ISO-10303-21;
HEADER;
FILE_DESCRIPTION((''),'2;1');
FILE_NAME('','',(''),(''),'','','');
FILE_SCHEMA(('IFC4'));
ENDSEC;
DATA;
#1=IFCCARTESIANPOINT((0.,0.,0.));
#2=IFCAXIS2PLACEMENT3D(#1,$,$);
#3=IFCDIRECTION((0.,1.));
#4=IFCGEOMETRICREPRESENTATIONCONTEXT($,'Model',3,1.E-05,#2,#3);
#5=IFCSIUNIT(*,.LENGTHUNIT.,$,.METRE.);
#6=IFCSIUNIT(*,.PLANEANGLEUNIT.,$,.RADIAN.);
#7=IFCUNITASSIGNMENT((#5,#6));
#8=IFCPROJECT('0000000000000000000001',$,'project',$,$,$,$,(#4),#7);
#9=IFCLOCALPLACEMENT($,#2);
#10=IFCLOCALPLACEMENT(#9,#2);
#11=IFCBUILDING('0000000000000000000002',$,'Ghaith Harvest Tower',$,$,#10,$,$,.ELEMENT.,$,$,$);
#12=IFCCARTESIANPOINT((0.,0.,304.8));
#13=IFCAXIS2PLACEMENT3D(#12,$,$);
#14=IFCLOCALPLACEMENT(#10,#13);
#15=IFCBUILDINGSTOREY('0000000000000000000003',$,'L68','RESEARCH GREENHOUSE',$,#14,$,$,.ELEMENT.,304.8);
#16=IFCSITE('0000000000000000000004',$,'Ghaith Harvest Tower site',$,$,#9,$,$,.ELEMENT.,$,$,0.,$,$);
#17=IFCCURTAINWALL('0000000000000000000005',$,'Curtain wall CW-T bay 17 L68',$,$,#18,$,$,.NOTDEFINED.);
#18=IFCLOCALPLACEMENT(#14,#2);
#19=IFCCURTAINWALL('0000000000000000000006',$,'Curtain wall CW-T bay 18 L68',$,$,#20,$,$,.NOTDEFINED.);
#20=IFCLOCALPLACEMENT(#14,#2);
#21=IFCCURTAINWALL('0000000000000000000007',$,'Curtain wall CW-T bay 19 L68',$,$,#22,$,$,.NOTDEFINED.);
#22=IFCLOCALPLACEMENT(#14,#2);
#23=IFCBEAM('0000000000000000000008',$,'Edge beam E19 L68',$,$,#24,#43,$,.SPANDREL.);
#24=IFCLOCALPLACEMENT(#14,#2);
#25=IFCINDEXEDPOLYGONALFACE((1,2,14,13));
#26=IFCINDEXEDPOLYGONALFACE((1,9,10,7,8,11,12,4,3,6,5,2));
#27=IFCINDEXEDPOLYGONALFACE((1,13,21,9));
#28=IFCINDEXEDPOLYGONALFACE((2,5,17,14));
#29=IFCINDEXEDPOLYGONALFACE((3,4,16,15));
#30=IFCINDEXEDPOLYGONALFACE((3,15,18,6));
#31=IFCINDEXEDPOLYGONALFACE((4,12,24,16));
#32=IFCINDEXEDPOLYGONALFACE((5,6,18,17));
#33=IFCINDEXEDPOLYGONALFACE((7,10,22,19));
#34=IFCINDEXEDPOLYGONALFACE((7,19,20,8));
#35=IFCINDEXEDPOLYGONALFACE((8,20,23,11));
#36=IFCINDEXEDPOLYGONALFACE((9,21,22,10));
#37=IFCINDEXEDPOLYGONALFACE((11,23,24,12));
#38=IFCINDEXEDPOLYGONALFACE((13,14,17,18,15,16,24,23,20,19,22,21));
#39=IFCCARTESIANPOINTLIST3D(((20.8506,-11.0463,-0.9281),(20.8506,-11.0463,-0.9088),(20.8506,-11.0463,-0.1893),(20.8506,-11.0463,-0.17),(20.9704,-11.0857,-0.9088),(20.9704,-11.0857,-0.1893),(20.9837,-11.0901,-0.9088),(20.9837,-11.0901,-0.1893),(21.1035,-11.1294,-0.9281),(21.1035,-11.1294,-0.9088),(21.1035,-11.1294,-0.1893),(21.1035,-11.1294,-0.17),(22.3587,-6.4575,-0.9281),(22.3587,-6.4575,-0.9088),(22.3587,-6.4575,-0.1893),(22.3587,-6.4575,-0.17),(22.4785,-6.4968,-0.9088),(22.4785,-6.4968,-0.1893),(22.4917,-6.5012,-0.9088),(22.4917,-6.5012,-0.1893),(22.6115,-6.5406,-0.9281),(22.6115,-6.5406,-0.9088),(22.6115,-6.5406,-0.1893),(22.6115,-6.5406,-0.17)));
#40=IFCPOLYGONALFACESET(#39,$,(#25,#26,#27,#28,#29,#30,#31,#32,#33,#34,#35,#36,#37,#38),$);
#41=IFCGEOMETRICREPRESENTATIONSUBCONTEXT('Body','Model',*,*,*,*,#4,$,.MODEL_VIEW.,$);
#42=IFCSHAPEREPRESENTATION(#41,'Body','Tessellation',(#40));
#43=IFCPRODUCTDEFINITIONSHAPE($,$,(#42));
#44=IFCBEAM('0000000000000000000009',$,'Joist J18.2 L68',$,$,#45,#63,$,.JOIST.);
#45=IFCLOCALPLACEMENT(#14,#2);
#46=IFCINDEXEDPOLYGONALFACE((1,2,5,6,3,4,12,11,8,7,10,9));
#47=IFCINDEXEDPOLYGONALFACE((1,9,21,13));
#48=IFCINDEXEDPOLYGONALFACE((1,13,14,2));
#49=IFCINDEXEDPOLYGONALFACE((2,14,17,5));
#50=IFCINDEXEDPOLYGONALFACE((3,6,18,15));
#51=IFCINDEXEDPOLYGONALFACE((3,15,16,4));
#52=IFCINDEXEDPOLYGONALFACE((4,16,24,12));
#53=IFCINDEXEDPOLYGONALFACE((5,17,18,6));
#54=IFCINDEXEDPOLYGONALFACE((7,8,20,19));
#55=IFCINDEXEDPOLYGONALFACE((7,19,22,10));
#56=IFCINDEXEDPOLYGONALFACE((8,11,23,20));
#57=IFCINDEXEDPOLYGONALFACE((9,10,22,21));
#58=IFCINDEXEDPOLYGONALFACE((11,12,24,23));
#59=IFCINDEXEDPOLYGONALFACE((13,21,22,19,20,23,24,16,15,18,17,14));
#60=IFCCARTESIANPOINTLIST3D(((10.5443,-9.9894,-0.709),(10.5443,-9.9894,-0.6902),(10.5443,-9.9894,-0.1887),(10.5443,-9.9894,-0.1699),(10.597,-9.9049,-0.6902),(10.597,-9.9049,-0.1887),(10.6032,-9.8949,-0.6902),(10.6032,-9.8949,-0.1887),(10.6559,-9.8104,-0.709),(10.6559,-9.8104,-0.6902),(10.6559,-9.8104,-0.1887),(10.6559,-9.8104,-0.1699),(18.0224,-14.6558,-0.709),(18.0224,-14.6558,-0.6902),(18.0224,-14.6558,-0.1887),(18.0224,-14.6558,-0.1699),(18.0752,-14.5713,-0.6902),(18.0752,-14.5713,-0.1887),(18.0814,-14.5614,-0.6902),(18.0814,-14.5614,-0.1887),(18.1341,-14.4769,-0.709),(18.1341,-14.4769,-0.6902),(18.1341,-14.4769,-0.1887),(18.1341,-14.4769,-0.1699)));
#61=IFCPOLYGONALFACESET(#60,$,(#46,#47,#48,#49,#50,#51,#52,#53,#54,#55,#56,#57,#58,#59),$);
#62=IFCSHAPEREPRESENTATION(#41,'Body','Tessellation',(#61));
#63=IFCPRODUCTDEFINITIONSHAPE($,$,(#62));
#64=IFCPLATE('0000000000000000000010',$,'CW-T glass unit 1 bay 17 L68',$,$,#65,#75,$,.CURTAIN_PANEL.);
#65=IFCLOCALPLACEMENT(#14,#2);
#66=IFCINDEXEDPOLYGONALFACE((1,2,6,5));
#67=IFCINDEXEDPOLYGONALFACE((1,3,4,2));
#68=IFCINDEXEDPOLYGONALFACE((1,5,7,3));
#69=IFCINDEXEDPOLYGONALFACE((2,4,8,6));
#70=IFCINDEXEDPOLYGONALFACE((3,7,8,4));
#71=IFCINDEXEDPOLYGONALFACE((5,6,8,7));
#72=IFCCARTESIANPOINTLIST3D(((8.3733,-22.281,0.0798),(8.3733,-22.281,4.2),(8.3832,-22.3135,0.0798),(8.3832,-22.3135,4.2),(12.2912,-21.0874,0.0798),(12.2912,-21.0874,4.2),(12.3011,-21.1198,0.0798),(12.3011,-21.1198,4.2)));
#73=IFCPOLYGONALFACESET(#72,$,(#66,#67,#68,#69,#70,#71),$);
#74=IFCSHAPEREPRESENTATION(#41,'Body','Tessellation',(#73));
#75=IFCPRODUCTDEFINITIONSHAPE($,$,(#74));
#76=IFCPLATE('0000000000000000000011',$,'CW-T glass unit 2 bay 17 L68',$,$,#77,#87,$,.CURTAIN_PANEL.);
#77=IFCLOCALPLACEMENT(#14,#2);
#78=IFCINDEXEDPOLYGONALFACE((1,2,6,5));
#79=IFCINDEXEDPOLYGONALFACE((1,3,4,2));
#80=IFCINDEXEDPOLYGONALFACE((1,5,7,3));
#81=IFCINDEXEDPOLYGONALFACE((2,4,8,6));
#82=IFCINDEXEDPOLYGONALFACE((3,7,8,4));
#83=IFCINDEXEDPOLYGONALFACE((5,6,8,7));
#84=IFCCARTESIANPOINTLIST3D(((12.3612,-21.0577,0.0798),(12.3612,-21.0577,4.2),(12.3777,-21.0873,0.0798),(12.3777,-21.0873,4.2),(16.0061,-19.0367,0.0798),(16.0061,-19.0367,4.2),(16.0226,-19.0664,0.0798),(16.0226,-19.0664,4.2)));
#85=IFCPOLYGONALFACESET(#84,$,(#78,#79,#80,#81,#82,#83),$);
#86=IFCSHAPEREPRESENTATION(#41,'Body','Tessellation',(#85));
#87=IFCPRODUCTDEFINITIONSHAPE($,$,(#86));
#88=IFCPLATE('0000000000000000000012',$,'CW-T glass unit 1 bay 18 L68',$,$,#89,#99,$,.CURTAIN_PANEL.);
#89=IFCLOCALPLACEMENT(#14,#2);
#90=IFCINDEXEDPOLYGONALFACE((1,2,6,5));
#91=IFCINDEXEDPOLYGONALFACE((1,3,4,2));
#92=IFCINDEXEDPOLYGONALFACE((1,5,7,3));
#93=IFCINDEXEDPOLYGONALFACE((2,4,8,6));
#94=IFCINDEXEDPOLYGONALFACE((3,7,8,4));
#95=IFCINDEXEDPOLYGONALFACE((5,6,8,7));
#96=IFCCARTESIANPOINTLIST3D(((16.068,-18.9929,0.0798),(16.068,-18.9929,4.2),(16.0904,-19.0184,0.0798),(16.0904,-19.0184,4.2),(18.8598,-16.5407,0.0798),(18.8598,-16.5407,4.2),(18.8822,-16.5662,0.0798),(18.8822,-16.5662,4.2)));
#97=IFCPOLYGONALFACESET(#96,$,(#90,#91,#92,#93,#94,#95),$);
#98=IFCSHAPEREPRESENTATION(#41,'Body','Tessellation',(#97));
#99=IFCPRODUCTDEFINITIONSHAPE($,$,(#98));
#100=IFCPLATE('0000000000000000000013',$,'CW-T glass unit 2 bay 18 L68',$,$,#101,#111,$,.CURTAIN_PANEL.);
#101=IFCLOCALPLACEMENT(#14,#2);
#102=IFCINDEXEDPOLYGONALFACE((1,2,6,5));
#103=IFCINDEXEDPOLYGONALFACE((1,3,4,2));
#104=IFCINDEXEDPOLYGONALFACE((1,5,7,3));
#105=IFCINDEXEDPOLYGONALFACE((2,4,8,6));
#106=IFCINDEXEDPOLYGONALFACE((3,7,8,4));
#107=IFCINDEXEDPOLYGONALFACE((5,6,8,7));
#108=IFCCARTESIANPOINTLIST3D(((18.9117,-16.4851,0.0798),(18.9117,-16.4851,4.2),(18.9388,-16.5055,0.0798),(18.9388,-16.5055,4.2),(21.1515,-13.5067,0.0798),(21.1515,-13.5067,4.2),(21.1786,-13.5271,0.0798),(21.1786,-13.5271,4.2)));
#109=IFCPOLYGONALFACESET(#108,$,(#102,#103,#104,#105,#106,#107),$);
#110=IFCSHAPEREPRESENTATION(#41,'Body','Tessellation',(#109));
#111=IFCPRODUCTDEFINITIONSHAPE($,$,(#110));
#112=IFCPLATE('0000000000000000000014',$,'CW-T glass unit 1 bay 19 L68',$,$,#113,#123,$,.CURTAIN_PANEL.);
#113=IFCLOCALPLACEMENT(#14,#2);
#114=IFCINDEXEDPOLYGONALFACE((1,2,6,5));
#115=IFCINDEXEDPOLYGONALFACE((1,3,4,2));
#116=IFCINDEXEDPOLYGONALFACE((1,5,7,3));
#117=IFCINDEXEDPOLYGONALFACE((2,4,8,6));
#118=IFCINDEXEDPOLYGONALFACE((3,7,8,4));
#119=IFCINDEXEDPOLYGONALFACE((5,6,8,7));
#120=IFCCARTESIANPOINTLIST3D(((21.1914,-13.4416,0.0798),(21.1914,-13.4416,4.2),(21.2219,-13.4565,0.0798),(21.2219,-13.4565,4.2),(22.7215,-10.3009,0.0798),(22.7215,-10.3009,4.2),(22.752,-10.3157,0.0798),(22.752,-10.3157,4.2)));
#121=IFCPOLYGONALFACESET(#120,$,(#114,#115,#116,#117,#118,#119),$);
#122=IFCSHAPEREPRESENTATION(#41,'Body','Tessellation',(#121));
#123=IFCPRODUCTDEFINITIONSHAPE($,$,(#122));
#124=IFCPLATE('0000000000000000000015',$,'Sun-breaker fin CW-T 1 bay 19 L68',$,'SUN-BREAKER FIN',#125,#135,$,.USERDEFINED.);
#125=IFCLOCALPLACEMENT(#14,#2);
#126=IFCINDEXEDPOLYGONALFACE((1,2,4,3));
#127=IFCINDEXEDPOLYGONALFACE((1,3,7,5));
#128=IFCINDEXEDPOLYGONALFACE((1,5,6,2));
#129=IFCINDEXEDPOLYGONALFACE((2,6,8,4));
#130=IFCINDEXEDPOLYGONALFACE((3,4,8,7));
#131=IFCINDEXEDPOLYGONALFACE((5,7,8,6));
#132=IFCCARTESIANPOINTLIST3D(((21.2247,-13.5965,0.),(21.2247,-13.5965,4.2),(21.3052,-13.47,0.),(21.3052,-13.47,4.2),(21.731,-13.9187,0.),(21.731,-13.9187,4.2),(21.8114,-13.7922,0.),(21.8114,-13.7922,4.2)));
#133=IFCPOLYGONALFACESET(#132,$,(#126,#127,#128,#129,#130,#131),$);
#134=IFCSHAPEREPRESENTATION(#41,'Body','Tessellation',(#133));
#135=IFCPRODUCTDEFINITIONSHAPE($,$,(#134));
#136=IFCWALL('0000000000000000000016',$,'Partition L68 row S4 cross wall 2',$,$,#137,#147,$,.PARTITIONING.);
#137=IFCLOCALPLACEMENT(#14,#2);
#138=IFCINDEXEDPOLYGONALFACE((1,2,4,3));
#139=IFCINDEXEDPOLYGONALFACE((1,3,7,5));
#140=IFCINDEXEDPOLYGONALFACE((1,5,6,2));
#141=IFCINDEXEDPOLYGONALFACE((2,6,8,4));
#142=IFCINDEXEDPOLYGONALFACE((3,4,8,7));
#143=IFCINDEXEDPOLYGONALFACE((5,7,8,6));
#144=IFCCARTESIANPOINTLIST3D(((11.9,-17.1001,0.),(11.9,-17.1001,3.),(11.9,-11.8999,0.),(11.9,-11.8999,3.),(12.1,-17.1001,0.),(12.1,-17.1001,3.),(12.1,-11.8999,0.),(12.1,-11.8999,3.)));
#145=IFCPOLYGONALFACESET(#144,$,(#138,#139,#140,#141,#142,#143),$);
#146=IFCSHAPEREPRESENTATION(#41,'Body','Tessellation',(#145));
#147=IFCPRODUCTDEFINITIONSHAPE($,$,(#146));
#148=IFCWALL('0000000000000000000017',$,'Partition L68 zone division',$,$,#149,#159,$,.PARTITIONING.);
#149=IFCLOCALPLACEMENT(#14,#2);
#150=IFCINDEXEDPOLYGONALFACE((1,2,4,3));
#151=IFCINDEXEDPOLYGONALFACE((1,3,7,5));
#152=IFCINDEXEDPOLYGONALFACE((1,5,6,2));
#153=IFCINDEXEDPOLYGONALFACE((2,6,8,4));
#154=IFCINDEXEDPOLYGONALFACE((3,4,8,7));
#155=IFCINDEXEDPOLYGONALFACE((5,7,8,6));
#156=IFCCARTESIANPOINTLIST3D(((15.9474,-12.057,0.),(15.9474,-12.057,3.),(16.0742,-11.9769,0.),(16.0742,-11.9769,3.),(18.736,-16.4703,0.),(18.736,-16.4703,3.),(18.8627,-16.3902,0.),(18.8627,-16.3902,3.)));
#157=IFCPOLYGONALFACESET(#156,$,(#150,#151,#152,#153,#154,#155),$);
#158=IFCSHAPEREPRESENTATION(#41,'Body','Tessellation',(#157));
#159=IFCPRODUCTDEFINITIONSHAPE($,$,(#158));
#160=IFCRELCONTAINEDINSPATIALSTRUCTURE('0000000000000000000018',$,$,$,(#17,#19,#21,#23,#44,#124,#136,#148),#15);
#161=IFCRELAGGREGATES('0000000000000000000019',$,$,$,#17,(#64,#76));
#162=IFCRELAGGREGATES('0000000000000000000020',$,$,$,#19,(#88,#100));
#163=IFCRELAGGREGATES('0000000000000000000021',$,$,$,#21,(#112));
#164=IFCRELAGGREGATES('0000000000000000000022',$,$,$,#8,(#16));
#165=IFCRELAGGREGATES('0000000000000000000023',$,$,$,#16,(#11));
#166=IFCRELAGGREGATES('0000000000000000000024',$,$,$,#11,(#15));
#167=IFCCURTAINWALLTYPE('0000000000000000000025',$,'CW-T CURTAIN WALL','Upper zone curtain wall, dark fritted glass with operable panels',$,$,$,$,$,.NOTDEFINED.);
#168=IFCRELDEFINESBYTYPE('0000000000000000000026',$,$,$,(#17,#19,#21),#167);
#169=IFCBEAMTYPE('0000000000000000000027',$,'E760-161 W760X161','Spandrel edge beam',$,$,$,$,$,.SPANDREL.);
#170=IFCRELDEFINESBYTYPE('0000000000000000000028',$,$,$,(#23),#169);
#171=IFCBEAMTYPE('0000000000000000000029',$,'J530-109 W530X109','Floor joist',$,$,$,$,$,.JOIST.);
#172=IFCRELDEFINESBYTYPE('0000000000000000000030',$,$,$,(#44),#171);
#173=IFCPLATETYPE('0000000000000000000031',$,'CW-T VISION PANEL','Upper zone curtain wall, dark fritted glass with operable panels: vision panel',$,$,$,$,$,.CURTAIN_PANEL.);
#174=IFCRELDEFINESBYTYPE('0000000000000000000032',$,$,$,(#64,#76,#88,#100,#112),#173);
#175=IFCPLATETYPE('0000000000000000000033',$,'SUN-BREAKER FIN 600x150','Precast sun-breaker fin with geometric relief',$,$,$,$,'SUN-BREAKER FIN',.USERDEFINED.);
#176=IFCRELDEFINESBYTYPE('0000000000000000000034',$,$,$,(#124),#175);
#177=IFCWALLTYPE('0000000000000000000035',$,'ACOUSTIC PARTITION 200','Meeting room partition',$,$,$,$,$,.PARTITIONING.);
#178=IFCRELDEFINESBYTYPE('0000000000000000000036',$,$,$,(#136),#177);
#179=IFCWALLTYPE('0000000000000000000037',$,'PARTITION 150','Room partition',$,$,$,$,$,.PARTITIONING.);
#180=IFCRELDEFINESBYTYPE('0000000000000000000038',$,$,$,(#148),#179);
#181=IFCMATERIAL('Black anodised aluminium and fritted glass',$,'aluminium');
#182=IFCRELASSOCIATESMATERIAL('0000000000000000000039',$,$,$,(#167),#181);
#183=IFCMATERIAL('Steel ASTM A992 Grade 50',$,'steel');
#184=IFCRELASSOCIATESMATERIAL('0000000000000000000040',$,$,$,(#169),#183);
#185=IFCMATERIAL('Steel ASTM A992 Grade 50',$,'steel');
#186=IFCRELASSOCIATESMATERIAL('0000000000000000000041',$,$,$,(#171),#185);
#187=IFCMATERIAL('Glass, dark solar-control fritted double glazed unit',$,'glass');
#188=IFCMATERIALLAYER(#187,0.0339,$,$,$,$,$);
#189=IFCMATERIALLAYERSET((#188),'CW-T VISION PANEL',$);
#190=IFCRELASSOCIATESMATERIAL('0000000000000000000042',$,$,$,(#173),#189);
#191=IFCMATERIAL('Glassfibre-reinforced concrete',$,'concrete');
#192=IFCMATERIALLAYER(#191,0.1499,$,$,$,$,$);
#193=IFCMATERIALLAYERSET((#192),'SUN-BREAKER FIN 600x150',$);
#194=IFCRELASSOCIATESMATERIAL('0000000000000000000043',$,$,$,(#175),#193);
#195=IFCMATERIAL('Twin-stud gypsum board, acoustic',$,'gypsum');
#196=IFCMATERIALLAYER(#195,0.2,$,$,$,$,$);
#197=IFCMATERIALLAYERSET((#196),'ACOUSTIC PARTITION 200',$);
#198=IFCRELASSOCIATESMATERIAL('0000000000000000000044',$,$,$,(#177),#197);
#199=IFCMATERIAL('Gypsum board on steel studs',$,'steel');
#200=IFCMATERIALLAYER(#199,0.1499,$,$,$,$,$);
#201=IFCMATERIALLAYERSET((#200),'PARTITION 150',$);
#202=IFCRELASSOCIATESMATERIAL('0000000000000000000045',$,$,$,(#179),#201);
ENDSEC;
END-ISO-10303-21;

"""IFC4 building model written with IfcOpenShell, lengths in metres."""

from ifc_helpers import new_model, si_unit, direction, frame, frame_2d, origin, origin_2d, place, context, subcontext, project, spatial, rectangle, i_section, extrude, material, layer, layer_set, material_profile, profile_set, type_object, element, aggregate, save


model = new_model("IFC4")

# Units and contexts
model_context = context("Model", 3, precision=1e-05, world=origin(), true_north=direction((0.0, 1.0)))
body_context = subcontext(model_context, "Body", "Model", "MODEL_VIEW")
ifc_project = project(units=[si_unit("LENGTHUNIT", "METRE"), si_unit("PLANEANGLEUNIT", "RADIAN")], contexts=[model_context])

# Site, building, storey
site_placement = place(None, origin())
site = spatial("IfcSite", under=ifc_project, at=site_placement, Name="Ghaith Harvest Tower site", CompositionType="ELEMENT", RefElevation=0.0)
building_placement = place(site_placement, origin())
building = spatial("IfcBuilding", under=site, at=building_placement, Name="Ghaith Harvest Tower", CompositionType="ELEMENT")
storey_placement = place(building_placement, frame((0.0, 0.0, 304.8)))
storey = spatial("IfcBuildingStorey", under=building, at=storey_placement, Name="L68", Description="RESEARCH GREENHOUSE", CompositionType="ELEMENT", Elevation=304.8)

# Curtain wall
ifc_material_1 = material(Name="Black anodised aluminium and fritted glass", Category="aluminium")
curtain_wall_type = type_object("IfcCurtainWallType", Name="CW-T CURTAIN WALL", Description="Upper zone curtain wall, dark fritted glass with operable panels", PredefinedType="NOTDEFINED", material=ifc_material_1)
curtain_wall_1_placement = place(storey_placement, origin())
curtain_wall_1 = element("IfcCurtainWall", 1, at=curtain_wall_1_placement, inside=storey, type_object=curtain_wall_type, Name="Curtain wall CW-T bay 17 L68", PredefinedType="NOTDEFINED")

# Curtain walls
curtain_wall_2_placement = place(storey_placement, origin())
curtain_wall_2 = element("IfcCurtainWall", 2, at=curtain_wall_2_placement, inside=storey, type_object=curtain_wall_type, Name="Curtain wall CW-T bay 18 L68", PredefinedType="NOTDEFINED")
curtain_wall_3_placement = place(storey_placement, origin())
curtain_wall_3 = element("IfcCurtainWall", 3, at=curtain_wall_3_placement, inside=storey, type_object=curtain_wall_type, Name="Curtain wall CW-T bay 19 L68", PredefinedType="NOTDEFINED")

# Beams
ifc_material_2 = material(Name="Steel ASTM A992 Grade 50", Category="steel")
ifc_material_profile_1 = material_profile(ifc_material_2, i_section(OverallWidth=0.2661, OverallDepth=0.7581, WebThickness=0.0139, FlangeThickness=0.0193, at=origin_2d()), Name="W760X161")
ifc_profile_set_1 = profile_set([ifc_material_profile_1], Name="Steel ASTM A992 Grade 50")
beam_type_1 = type_object("IfcBeamType", Name="E760-161 W760X161", Description="Spandrel edge beam", PredefinedType="SPANDREL", material=ifc_profile_set_1)
beam_1_placement = place(storey_placement, frame((20.9771, -11.0879, -0.5491), z_axis=(0.312207, 0.950014, 0.0), x_axis=(-0.950014, 0.312207, 0.0)))
element("IfcBeam", 4, at=beam_1_placement, inside=storey, type_object=beam_type_1, Name="Edge beam E19 L68", PredefinedType="SPANDREL", context=body_context, shape_type="SweptSolid", body=[
    extrude(i_section(OverallWidth=0.2661, OverallDepth=0.7581, WebThickness=0.0139, FlangeThickness=0.0193, at=origin_2d()), origin(), (0.0, 0.0, 1.0), 4.8303),
])
ifc_material_3 = material(Name="Steel ASTM A992 Grade 50", Category="steel")
ifc_material_profile_2 = material_profile(ifc_material_3, i_section(OverallWidth=0.2109, OverallDepth=0.5391, WebThickness=0.0117, FlangeThickness=0.0188, at=origin_2d()), Name="W530X109")
ifc_profile_set_2 = profile_set([ifc_material_profile_2], Name="Steel ASTM A992 Grade 50")
beam_type_2 = type_object("IfcBeamType", Name="J530-109 W530X109", Description="Floor joist", PredefinedType="JOIST", material=ifc_profile_set_2)
beam_2_placement = place(storey_placement, frame((10.6001, -9.8999, -0.4395), z_axis=(0.848376, -0.529394, 0.0), x_axis=(0.529394, 0.848376, 0.0)))
element("IfcBeam", 5, at=beam_2_placement, inside=storey, type_object=beam_type_2, Name="Joist J18.2 L68", PredefinedType="JOIST", context=body_context, shape_type="SweptSolid", body=[
    extrude(i_section(OverallWidth=0.2109, OverallDepth=0.5391, WebThickness=0.0117, FlangeThickness=0.0188, at=origin_2d()), origin(), (0.0, 0.0, 1.0), 8.8147),
])

# Plates
ifc_material_4 = material(Name="Glass, dark solar-control fritted double glazed unit", Category="glass")
ifc_layer_1 = layer(ifc_material_4, 0.0339)
ifc_layer_set_1 = layer_set([ifc_layer_1], Name="CW-T VISION PANEL")
plate_type_1 = type_object("IfcPlateType", Name="CW-T VISION PANEL", Description="Upper zone curtain wall, dark fritted glass with operable panels: vision panel", PredefinedType="CURTAIN_PANEL", material=ifc_layer_set_1)
plate_1_placement = place(storey_placement, frame((10.3372, -21.7004, 0.0798), z_axis=(0.0, 0.0, 1.0), x_axis=(0.956588, 0.291445, 0.0)))
plate_1 = element("IfcPlate", 6, at=plate_1_placement, type_object=plate_type_1, Name="CW-T glass unit 1 bay 17 L68", PredefinedType="CURTAIN_PANEL", context=body_context, shape_type="SweptSolid", body=[
    extrude(rectangle(XDim=4.0957, YDim=0.0339, at=origin_2d()), origin(), (0.0, 0.0, 1.0), 4.1201),
])
plate_2_placement = place(storey_placement, frame((14.1919, -20.062, 0.0798), z_axis=(0.0, 0.0, 1.0), x_axis=(0.874564, 0.48491, 0.0)))
plate_2 = element("IfcPlate", 7, at=plate_2_placement, type_object=plate_type_1, Name="CW-T glass unit 2 bay 17 L68", PredefinedType="CURTAIN_PANEL", context=body_context, shape_type="SweptSolid", body=[
    extrude(rectangle(XDim=4.1677, YDim=0.0339, at=origin_2d()), origin(), (0.0, 0.0, 1.0), 4.1201),
])
aggregate(curtain_wall_1, [plate_1, plate_2])
plate_3_placement = place(storey_placement, frame((17.4751, -17.7795, 0.0798), z_axis=(0.0, 0.0, 1.0), x_axis=(0.751335, 0.659922, 0.0)))
plate_3 = element("IfcPlate", 8, at=plate_3_placement, type_object=plate_type_1, Name="CW-T glass unit 1 bay 18 L68", PredefinedType="CURTAIN_PANEL", context=body_context, shape_type="SweptSolid", body=[
    extrude(rectangle(XDim=3.7158, YDim=0.0339, at=origin_2d()), origin(), (0.0, 0.0, 1.0), 4.1201),
])
plate_4_placement = place(storey_placement, frame((20.0452, -15.0061, 0.0798), z_axis=(0.0, 0.0, 1.0), x_axis=(0.601048, 0.799213, 0.0)))
plate_4 = element("IfcPlate", 9, at=plate_4_placement, type_object=plate_type_1, Name="CW-T glass unit 2 bay 18 L68", PredefinedType="CURTAIN_PANEL", context=body_context, shape_type="SweptSolid", body=[
    extrude(rectangle(XDim=3.7266, YDim=0.0339, at=origin_2d()), origin(), (0.0, 0.0, 1.0), 4.1201),
])
aggregate(curtain_wall_2, [plate_3, plate_4])
plate_5_placement = place(storey_placement, frame((21.9717, -11.8787, 0.0798), z_axis=(0.0, 0.0, 1.0), x_axis=(0.437968, 0.89899, 0.0)))
plate_5 = element("IfcPlate", 10, at=plate_5_placement, type_object=plate_type_1, Name="CW-T glass unit 1 bay 19 L68", PredefinedType="CURTAIN_PANEL", context=body_context, shape_type="SweptSolid", body=[
    extrude(rectangle(XDim=3.4937, YDim=0.0339, at=origin_2d()), origin(), (0.0, 0.0, 1.0), 4.1201),
])
aggregate(curtain_wall_3, [plate_5])
ifc_material_5 = material(Name="Glassfibre-reinforced concrete", Category="concrete")
ifc_layer_2 = layer(ifc_material_5, 0.1499)
ifc_layer_set_2 = layer_set([ifc_layer_2], Name="SUN-BREAKER FIN 600x150")
plate_type_2 = type_object("IfcPlateType", Name="SUN-BREAKER FIN 600x150", Description="Precast sun-breaker fin with geometric relief", ElementType="SUN-BREAKER FIN", PredefinedType="USERDEFINED", material=ifc_layer_set_2)
plate_6_placement = place(storey_placement, frame((21.5181, -13.6943, 0.0), z_axis=(0.0, 0.0, 1.0), x_axis=(0.843644, -0.536903, 0.0)))
element("IfcPlate", 11, at=plate_6_placement, inside=storey, type_object=plate_type_2, Name="Sun-breaker fin CW-T 1 bay 19 L68", ObjectType="SUN-BREAKER FIN", PredefinedType="USERDEFINED", context=body_context, shape_type="SweptSolid", body=[
    extrude(rectangle(XDim=0.6001, YDim=0.1499, at=origin_2d()), origin(), (0.0, 0.0, 1.0), 4.2),
])

# Walls
ifc_material_6 = material(Name="Twin-stud gypsum board, acoustic", Category="gypsum")
ifc_layer_3 = layer(ifc_material_6, 0.2)
ifc_layer_set_3 = layer_set([ifc_layer_3], Name="ACOUSTIC PARTITION 200")
wall_type_1 = type_object("IfcWallType", Name="ACOUSTIC PARTITION 200", Description="Meeting room partition", PredefinedType="PARTITIONING", material=ifc_layer_set_3)
wall_1_placement = place(storey_placement, frame((12.0, -11.8999, 0.0), z_axis=(0.0, 0.0, 1.0), x_axis=(0.0, -1.0, 0.0)))
element("IfcWall", 12, at=wall_1_placement, inside=storey, type_object=wall_type_1, Name="Partition L68 row S4 cross wall 2", PredefinedType="PARTITIONING", context=body_context, shape_type="SweptSolid", body=[
    extrude(rectangle(XDim=5.2002, YDim=0.2, at=frame_2d((2.6001, 0.0))), origin(), (0.0, 0.0, 1.0), 3.0),
])
ifc_material_7 = material(Name="Gypsum board on steel studs", Category="steel")
ifc_layer_4 = layer(ifc_material_7, 0.1499)
ifc_layer_set_4 = layer_set([ifc_layer_4], Name="PARTITION 150")
wall_type_2 = type_object("IfcWallType", Name="PARTITION 150", Description="Room partition", PredefinedType="PARTITIONING", material=ifc_layer_set_4)
wall_2_placement = place(storey_placement, frame((16.0107, -12.0168, 0.0), z_axis=(0.0, 0.0, 1.0), x_axis=(0.534158, -0.845384, 0.0)))
element("IfcWall", 13, at=wall_2_placement, inside=storey, type_object=wall_type_2, Name="Partition L68 zone division", PredefinedType="PARTITIONING", context=body_context, shape_type="SweptSolid", body=[
    extrude(rectangle(XDim=5.2205, YDim=0.1499, at=frame_2d((2.6104, 0.0))), origin(), (0.0, 0.0, 1.0), 3.0),
])

save(model, "model.ifc")
